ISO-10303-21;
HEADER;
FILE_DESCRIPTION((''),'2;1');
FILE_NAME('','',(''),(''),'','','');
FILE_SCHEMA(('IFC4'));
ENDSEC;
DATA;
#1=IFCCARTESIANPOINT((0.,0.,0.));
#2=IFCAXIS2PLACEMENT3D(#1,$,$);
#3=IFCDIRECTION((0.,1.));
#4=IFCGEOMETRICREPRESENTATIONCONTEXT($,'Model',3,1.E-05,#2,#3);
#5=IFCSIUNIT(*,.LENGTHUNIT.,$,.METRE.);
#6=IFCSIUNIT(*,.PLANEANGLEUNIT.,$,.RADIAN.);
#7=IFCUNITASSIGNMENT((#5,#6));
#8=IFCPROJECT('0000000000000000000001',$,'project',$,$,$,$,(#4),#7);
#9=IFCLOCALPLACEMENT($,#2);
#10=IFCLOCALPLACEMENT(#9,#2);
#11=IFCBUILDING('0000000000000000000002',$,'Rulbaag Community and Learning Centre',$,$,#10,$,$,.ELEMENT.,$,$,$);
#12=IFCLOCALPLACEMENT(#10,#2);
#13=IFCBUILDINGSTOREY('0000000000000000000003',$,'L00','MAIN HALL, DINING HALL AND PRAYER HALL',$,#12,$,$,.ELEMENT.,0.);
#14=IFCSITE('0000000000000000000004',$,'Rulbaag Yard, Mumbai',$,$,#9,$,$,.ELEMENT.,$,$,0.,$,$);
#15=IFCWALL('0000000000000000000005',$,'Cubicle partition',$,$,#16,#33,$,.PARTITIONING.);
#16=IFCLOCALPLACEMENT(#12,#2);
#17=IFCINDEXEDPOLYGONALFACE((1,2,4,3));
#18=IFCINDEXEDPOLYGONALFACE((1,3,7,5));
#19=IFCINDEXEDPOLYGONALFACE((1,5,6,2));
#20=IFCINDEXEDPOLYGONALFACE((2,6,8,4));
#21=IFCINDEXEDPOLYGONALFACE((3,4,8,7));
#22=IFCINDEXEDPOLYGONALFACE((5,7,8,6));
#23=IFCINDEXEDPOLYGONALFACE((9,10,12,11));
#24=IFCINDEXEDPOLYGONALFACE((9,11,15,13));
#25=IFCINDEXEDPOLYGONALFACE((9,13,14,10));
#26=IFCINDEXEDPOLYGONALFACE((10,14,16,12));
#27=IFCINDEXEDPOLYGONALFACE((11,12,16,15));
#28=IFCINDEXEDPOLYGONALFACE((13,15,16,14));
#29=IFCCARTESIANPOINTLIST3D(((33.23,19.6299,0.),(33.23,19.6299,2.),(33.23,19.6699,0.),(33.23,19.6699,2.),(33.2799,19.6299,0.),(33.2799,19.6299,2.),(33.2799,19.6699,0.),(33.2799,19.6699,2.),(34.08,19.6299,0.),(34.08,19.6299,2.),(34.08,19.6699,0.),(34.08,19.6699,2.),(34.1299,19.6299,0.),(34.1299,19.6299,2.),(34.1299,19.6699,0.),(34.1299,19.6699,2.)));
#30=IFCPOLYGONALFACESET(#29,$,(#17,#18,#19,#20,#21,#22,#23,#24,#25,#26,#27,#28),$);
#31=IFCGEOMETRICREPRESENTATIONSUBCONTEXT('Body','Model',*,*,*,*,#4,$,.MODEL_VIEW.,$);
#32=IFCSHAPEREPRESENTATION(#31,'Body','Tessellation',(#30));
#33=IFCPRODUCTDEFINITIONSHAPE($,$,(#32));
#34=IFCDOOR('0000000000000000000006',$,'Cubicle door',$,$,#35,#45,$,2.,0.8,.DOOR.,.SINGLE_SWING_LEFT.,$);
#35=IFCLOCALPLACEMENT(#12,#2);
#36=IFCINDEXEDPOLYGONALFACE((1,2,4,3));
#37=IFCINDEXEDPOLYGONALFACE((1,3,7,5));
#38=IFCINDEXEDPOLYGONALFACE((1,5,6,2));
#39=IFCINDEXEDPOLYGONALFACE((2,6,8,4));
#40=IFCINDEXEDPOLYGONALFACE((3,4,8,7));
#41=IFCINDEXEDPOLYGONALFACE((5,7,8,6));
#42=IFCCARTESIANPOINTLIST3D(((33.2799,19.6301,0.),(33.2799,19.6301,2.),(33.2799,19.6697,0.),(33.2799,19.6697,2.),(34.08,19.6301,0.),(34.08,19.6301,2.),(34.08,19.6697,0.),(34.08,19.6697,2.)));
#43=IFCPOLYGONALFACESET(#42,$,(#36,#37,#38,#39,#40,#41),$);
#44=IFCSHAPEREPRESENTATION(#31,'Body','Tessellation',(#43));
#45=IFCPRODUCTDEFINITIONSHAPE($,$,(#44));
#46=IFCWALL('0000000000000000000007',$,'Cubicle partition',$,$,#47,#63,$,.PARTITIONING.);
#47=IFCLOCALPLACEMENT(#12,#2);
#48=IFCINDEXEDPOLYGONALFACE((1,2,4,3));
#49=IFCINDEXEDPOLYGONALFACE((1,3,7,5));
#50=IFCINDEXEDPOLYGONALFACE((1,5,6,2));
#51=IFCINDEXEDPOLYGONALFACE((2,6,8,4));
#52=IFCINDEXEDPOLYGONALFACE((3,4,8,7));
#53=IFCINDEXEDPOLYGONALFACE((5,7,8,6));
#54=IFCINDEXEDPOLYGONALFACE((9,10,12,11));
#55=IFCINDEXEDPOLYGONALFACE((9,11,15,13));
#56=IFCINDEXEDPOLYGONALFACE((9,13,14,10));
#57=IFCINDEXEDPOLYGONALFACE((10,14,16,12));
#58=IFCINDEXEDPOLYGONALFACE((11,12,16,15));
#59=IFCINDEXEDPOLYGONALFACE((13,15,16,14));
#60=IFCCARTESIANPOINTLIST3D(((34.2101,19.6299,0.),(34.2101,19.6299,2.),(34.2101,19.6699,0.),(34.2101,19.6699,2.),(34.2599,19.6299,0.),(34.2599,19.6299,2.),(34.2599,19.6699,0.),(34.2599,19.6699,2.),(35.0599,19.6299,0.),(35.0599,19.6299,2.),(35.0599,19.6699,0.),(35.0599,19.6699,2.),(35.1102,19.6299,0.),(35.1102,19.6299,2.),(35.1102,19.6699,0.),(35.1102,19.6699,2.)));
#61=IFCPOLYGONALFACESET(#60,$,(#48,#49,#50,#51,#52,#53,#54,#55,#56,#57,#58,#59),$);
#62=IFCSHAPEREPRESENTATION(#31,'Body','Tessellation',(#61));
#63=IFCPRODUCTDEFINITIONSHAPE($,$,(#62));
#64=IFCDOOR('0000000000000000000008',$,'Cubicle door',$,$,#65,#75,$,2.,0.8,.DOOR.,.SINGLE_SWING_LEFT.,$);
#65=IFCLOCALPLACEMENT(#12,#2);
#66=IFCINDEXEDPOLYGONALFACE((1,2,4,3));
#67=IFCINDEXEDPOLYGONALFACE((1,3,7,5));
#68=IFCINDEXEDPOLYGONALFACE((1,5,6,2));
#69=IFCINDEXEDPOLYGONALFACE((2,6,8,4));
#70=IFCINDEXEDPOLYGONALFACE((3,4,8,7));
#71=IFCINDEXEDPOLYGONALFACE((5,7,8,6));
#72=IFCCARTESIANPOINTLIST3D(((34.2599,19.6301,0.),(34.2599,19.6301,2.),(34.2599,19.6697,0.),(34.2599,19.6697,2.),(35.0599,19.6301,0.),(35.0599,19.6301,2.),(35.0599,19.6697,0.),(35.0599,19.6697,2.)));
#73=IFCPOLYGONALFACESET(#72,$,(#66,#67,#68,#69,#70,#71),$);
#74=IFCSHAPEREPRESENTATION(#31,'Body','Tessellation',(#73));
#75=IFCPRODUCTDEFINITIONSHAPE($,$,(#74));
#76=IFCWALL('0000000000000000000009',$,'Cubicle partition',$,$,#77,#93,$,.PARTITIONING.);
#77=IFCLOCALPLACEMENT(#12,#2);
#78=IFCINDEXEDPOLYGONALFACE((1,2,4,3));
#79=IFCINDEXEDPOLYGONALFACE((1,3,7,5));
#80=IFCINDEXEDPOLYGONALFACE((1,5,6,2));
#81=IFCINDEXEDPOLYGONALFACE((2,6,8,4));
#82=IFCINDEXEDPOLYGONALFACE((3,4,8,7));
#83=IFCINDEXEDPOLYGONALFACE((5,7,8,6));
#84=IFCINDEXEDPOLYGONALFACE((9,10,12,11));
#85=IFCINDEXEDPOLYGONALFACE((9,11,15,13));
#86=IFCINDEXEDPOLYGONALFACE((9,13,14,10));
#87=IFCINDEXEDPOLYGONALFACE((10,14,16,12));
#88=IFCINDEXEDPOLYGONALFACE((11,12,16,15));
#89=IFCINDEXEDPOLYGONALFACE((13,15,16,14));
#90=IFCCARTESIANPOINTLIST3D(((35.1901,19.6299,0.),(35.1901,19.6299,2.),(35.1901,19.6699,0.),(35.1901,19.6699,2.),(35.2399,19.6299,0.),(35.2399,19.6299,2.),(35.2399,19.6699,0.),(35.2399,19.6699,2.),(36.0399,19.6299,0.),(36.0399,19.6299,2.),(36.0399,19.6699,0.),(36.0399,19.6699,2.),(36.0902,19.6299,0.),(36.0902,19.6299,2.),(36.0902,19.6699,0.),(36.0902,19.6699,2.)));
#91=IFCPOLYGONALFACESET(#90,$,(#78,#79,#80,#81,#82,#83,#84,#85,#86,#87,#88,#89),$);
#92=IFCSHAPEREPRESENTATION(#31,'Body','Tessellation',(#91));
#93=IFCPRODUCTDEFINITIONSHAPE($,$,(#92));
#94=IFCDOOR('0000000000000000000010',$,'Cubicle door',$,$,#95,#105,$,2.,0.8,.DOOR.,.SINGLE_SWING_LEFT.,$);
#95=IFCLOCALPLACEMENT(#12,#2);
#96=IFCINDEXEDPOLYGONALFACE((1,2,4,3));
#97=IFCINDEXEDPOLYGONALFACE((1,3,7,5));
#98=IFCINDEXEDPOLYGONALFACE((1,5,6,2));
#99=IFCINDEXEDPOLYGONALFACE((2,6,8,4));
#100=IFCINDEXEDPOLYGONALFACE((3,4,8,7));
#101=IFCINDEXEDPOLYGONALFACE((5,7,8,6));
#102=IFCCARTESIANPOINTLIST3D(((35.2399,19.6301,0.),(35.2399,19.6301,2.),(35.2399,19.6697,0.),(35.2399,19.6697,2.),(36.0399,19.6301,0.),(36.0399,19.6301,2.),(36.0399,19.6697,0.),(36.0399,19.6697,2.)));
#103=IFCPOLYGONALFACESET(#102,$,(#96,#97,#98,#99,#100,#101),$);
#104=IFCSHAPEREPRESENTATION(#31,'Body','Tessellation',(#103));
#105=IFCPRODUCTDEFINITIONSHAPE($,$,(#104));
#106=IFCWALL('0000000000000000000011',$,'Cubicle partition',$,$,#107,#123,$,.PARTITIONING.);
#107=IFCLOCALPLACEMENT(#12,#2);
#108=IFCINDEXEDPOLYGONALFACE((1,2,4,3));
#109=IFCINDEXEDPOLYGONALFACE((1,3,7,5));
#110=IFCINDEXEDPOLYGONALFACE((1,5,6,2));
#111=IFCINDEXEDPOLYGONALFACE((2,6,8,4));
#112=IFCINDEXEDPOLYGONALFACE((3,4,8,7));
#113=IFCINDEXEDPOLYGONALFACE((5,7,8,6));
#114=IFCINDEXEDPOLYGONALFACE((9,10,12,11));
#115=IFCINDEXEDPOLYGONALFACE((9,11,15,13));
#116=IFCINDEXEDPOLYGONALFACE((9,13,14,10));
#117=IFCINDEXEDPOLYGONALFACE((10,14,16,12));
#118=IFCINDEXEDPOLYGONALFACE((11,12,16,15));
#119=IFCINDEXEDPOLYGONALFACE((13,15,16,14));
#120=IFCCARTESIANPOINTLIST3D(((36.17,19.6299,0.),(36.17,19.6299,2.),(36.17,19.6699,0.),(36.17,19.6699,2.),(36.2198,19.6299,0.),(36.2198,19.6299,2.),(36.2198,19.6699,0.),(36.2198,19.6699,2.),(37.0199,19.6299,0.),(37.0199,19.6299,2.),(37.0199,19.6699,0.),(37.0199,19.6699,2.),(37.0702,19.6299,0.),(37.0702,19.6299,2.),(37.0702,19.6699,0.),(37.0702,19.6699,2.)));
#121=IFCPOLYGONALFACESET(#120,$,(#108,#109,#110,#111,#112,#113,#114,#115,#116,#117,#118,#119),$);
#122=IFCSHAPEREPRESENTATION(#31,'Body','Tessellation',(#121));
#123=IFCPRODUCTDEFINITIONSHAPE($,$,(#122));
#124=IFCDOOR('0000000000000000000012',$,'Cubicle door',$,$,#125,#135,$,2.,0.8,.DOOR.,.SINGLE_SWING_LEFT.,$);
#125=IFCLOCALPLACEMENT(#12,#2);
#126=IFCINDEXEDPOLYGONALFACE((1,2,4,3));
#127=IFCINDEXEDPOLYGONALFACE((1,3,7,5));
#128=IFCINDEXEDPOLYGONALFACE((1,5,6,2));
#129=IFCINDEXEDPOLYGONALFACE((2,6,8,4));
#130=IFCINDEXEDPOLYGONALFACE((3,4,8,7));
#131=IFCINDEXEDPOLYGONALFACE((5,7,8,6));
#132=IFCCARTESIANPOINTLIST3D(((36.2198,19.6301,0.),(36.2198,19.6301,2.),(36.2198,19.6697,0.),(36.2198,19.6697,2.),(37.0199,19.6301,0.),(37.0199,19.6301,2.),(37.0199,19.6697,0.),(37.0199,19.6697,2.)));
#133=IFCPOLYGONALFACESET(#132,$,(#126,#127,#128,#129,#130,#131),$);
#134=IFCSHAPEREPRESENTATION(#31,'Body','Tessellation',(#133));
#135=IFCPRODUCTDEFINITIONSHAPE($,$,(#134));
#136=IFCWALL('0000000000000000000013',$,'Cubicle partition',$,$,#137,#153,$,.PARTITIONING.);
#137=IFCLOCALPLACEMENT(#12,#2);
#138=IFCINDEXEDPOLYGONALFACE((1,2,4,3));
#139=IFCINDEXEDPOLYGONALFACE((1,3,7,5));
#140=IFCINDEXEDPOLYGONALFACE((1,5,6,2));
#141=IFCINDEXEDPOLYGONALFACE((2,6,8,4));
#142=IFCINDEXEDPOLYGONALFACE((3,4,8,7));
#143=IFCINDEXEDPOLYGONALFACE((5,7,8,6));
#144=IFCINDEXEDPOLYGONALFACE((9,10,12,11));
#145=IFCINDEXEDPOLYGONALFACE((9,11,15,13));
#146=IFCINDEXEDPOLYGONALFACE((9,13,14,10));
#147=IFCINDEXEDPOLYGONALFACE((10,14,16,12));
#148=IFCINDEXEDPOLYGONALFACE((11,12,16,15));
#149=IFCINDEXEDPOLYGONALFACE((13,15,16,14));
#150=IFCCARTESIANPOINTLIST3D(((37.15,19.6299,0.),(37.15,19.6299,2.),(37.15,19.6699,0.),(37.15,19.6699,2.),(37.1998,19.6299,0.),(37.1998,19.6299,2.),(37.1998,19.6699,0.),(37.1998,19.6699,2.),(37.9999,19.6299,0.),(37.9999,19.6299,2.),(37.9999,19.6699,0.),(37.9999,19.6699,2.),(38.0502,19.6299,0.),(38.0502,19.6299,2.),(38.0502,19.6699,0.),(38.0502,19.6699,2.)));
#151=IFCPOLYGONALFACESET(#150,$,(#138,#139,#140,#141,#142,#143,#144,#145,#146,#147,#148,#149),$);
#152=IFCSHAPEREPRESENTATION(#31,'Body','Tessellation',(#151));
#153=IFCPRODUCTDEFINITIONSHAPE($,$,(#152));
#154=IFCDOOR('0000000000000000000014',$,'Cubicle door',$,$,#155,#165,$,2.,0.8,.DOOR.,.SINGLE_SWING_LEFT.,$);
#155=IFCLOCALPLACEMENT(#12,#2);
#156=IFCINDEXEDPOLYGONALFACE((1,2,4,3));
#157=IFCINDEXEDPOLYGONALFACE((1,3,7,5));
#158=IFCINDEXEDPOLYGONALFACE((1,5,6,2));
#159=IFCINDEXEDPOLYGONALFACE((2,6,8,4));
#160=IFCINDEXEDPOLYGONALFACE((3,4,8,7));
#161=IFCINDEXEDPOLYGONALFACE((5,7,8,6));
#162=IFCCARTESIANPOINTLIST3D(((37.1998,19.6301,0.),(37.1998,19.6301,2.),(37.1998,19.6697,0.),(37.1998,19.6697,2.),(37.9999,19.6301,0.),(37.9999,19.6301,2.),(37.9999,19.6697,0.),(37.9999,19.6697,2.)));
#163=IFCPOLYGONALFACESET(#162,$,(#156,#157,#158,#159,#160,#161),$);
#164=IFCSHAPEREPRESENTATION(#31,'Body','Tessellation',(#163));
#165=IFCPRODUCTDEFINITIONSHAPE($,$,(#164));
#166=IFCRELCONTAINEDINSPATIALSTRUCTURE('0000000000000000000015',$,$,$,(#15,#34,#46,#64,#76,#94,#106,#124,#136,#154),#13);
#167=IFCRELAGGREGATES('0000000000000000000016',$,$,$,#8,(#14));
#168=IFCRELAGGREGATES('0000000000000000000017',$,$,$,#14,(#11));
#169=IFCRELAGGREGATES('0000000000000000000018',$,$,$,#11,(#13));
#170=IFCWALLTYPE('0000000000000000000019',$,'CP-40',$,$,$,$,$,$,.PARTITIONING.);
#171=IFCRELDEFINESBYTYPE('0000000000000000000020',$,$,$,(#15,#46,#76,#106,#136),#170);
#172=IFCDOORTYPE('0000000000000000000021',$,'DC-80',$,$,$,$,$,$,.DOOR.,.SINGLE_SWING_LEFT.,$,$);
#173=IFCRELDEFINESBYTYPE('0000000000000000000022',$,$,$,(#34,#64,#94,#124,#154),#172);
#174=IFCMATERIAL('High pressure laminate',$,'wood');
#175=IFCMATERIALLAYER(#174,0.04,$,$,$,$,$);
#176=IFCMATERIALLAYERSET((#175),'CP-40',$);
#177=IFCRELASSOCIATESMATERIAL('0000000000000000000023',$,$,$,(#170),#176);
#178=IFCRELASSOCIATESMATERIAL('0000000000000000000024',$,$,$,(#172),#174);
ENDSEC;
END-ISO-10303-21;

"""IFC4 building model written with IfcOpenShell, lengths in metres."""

from ifc_helpers import new_model, si_unit, direction, frame, frame_2d, origin, place, context, subcontext, project, spatial, rectangle, extrude, material, layer, layer_set, type_object, element, fill, save


model = new_model("IFC4")

# Units and contexts
model_context = context("Model", 3, precision=1e-05, world=origin(), true_north=direction((0.0, 1.0)))
body_context = subcontext(model_context, "Body", "Model", "MODEL_VIEW")
ifc_project = project(units=[si_unit("LENGTHUNIT", "METRE"), si_unit("PLANEANGLEUNIT", "RADIAN")], contexts=[model_context])

# Site, building, storey
site_placement = place(None, origin())
site = spatial("IfcSite", under=ifc_project, at=site_placement, Name="Rulbaag Yard, Mumbai", CompositionType="ELEMENT", RefElevation=0.0)
building_placement = place(site_placement, origin())
building = spatial("IfcBuilding", under=site, at=building_placement, Name="Rulbaag Community and Learning Centre", CompositionType="ELEMENT")
storey_placement = place(building_placement, origin())
storey = spatial("IfcBuildingStorey", under=building, at=storey_placement, Name="L00", Description="MAIN HALL, DINING HALL AND PRAYER HALL", CompositionType="ELEMENT", Elevation=0.0)

# Walls, openings, doors
ifc_material_1 = material(Name="High pressure laminate", Category="wood")
ifc_layer = layer(ifc_material_1, 0.04)
ifc_layer_set = layer_set([ifc_layer], Name="CP-40")
wall_type = type_object("IfcWallType", Name="CP-40", PredefinedType="PARTITIONING", material=ifc_layer_set)
wall_1_placement = place(storey_placement, frame((33.23, 19.6499, 0.0), z_axis=(0.0, 0.0, 1.0), x_axis=(1.0, 0.0, 0.0)))
wall_1 = element("IfcWall", 1, at=wall_1_placement, inside=storey, type_object=wall_type, Name="Cubicle partition", PredefinedType="PARTITIONING", context=body_context, shape_type="SweptSolid", body=[
    extrude(rectangle(XDim=0.8999, YDim=0.04, at=frame_2d((0.45, 0.0))), origin(), (0.0, 0.0, 1.0), 2.0),
])
opening_1_placement = place(wall_1_placement, frame((0.05, 0.0, 0.0)))
opening_1 = element("IfcOpeningElement", 2, at=opening_1_placement, cuts=wall_1, PredefinedType="OPENING", context=body_context, shape_type="SweptSolid", body=[
    extrude(rectangle(XDim=0.8, YDim=2.0, at=frame_2d((0.3999, 1.0))), frame((0.0, 0.03, 0.0), z_axis=(0.0, -1.0, 0.0), x_axis=(1.0, 0.0, 0.0)), (0.0, 0.0, 1.0), 0.0601),
])
door_type = type_object("IfcDoorType", Name="DC-80", OperationType="SINGLE_SWING_LEFT", PredefinedType="DOOR", material=ifc_material_1)
door_1_placement = place(opening_1_placement, origin())
door_1 = element("IfcDoor", 3, at=door_1_placement, inside=storey, type_object=door_type, Name="Cubicle door", OperationType="SINGLE_SWING_LEFT", OverallHeight=2.0, OverallWidth=0.8, PredefinedType="DOOR", context=body_context, shape_type="SweptSolid", body=[
    extrude(rectangle(XDim=0.8, YDim=2.0, at=frame_2d((0.3999, 1.0))), frame((0.0, 0.0198, 0.0), z_axis=(0.0, -1.0, 0.0), x_axis=(1.0, 0.0, 0.0)), (0.0, 0.0, 1.0), 0.0396),
])
fill(opening_1, door_1)
wall_2_placement = place(storey_placement, frame((34.21, 19.6499, 0.0), z_axis=(0.0, 0.0, 1.0), x_axis=(1.0, 0.0, 0.0)))
wall_2 = element("IfcWall", 4, at=wall_2_placement, inside=storey, type_object=wall_type, Name="Cubicle partition", PredefinedType="PARTITIONING", context=body_context, shape_type="SweptSolid", body=[
    extrude(rectangle(XDim=0.9001, YDim=0.04, at=frame_2d((0.4502, 0.0))), origin(), (0.0, 0.0, 1.0), 2.0),
])
opening_2_placement = place(wall_2_placement, frame((0.05, 0.0, 0.0)))
opening_2 = element("IfcOpeningElement", 5, at=opening_2_placement, cuts=wall_2, PredefinedType="OPENING", context=body_context, shape_type="SweptSolid", body=[
    extrude(rectangle(XDim=0.8, YDim=2.0, at=frame_2d((0.3999, 1.0))), frame((0.0, 0.03, 0.0), z_axis=(0.0, -1.0, 0.0), x_axis=(1.0, 0.0, 0.0)), (0.0, 0.0, 1.0), 0.0601),
])
door_2_placement = place(opening_2_placement, origin())
door_2 = element("IfcDoor", 6, at=door_2_placement, inside=storey, type_object=door_type, Name="Cubicle door", OperationType="SINGLE_SWING_LEFT", OverallHeight=2.0, OverallWidth=0.8, PredefinedType="DOOR", context=body_context, shape_type="SweptSolid", body=[
    extrude(rectangle(XDim=0.8, YDim=2.0, at=frame_2d((0.3999, 1.0))), frame((0.0, 0.0198, 0.0), z_axis=(0.0, -1.0, 0.0), x_axis=(1.0, 0.0, 0.0)), (0.0, 0.0, 1.0), 0.0396),
])
fill(opening_2, door_2)
wall_3_placement = place(storey_placement, frame((35.1899, 19.6499, 0.0), z_axis=(0.0, 0.0, 1.0), x_axis=(1.0, 0.0, 0.0)))
wall_3 = element("IfcWall", 7, at=wall_3_placement, inside=storey, type_object=wall_type, Name="Cubicle partition", PredefinedType="PARTITIONING", context=body_context, shape_type="SweptSolid", body=[
    extrude(rectangle(XDim=0.9001, YDim=0.04, at=frame_2d((0.4502, 0.0))), origin(), (0.0, 0.0, 1.0), 2.0),
])
opening_3_placement = place(wall_3_placement, frame((0.05, 0.0, 0.0)))
opening_3 = element("IfcOpeningElement", 8, at=opening_3_placement, cuts=wall_3, PredefinedType="OPENING", context=body_context, shape_type="SweptSolid", body=[
    extrude(rectangle(XDim=0.8, YDim=2.0, at=frame_2d((0.3999, 1.0))), frame((0.0, 0.03, 0.0), z_axis=(0.0, -1.0, 0.0), x_axis=(1.0, 0.0, 0.0)), (0.0, 0.0, 1.0), 0.0601),
])
door_3_placement = place(opening_3_placement, origin())
door_3 = element("IfcDoor", 9, at=door_3_placement, inside=storey, type_object=door_type, Name="Cubicle door", OperationType="SINGLE_SWING_LEFT", OverallHeight=2.0, OverallWidth=0.8, PredefinedType="DOOR", context=body_context, shape_type="SweptSolid", body=[
    extrude(rectangle(XDim=0.8, YDim=2.0, at=frame_2d((0.3999, 1.0))), frame((0.0, 0.0198, 0.0), z_axis=(0.0, -1.0, 0.0), x_axis=(1.0, 0.0, 0.0)), (0.0, 0.0, 1.0), 0.0396),
])
fill(opening_3, door_3)
wall_4_placement = place(storey_placement, frame((36.1699, 19.6499, 0.0), z_axis=(0.0, 0.0, 1.0), x_axis=(1.0, 0.0, 0.0)))
wall_4 = element("IfcWall", 10, at=wall_4_placement, inside=storey, type_object=wall_type, Name="Cubicle partition", PredefinedType="PARTITIONING", context=body_context, shape_type="SweptSolid", body=[
    extrude(rectangle(XDim=0.9001, YDim=0.04, at=frame_2d((0.4502, 0.0))), origin(), (0.0, 0.0, 1.0), 2.0),
])
opening_4_placement = place(wall_4_placement, frame((0.05, 0.0, 0.0)))
opening_4 = element("IfcOpeningElement", 11, at=opening_4_placement, cuts=wall_4, PredefinedType="OPENING", context=body_context, shape_type="SweptSolid", body=[
    extrude(rectangle(XDim=0.8, YDim=2.0, at=frame_2d((0.3999, 1.0))), frame((0.0, 0.03, 0.0), z_axis=(0.0, -1.0, 0.0), x_axis=(1.0, 0.0, 0.0)), (0.0, 0.0, 1.0), 0.0601),
])
door_4_placement = place(opening_4_placement, origin())
door_4 = element("IfcDoor", 12, at=door_4_placement, inside=storey, type_object=door_type, Name="Cubicle door", OperationType="SINGLE_SWING_LEFT", OverallHeight=2.0, OverallWidth=0.8, PredefinedType="DOOR", context=body_context, shape_type="SweptSolid", body=[
    extrude(rectangle(XDim=0.8, YDim=2.0, at=frame_2d((0.3999, 1.0))), frame((0.0, 0.0198, 0.0), z_axis=(0.0, -1.0, 0.0), x_axis=(1.0, 0.0, 0.0)), (0.0, 0.0, 1.0), 0.0396),
])
fill(opening_4, door_4)
wall_5_placement = place(storey_placement, frame((37.1499, 19.6499, 0.0), z_axis=(0.0, 0.0, 1.0), x_axis=(1.0, 0.0, 0.0)))
wall_5 = element("IfcWall", 13, at=wall_5_placement, inside=storey, type_object=wall_type, Name="Cubicle partition", PredefinedType="PARTITIONING", context=body_context, shape_type="SweptSolid", body=[
    extrude(rectangle(XDim=0.9001, YDim=0.04, at=frame_2d((0.4502, 0.0))), origin(), (0.0, 0.0, 1.0), 2.0),
])
opening_5_placement = place(wall_5_placement, frame((0.05, 0.0, 0.0)))
opening_5 = element("IfcOpeningElement", 14, at=opening_5_placement, cuts=wall_5, PredefinedType="OPENING", context=body_context, shape_type="SweptSolid", body=[
    extrude(rectangle(XDim=0.8, YDim=2.0, at=frame_2d((0.3999, 1.0))), frame((0.0, 0.03, 0.0), z_axis=(0.0, -1.0, 0.0), x_axis=(1.0, 0.0, 0.0)), (0.0, 0.0, 1.0), 0.0601),
])
door_5_placement = place(opening_5_placement, origin())
door_5 = element("IfcDoor", 15, at=door_5_placement, inside=storey, type_object=door_type, Name="Cubicle door", OperationType="SINGLE_SWING_LEFT", OverallHeight=2.0, OverallWidth=0.8, PredefinedType="DOOR", context=body_context, shape_type="SweptSolid", body=[
    extrude(rectangle(XDim=0.8, YDim=2.0, at=frame_2d((0.3999, 1.0))), frame((0.0, 0.0198, 0.0), z_axis=(0.0, -1.0, 0.0), x_axis=(1.0, 0.0, 0.0)), (0.0, 0.0, 1.0), 0.0396),
])
fill(opening_5, door_5)

save(model, "model.ifc")
